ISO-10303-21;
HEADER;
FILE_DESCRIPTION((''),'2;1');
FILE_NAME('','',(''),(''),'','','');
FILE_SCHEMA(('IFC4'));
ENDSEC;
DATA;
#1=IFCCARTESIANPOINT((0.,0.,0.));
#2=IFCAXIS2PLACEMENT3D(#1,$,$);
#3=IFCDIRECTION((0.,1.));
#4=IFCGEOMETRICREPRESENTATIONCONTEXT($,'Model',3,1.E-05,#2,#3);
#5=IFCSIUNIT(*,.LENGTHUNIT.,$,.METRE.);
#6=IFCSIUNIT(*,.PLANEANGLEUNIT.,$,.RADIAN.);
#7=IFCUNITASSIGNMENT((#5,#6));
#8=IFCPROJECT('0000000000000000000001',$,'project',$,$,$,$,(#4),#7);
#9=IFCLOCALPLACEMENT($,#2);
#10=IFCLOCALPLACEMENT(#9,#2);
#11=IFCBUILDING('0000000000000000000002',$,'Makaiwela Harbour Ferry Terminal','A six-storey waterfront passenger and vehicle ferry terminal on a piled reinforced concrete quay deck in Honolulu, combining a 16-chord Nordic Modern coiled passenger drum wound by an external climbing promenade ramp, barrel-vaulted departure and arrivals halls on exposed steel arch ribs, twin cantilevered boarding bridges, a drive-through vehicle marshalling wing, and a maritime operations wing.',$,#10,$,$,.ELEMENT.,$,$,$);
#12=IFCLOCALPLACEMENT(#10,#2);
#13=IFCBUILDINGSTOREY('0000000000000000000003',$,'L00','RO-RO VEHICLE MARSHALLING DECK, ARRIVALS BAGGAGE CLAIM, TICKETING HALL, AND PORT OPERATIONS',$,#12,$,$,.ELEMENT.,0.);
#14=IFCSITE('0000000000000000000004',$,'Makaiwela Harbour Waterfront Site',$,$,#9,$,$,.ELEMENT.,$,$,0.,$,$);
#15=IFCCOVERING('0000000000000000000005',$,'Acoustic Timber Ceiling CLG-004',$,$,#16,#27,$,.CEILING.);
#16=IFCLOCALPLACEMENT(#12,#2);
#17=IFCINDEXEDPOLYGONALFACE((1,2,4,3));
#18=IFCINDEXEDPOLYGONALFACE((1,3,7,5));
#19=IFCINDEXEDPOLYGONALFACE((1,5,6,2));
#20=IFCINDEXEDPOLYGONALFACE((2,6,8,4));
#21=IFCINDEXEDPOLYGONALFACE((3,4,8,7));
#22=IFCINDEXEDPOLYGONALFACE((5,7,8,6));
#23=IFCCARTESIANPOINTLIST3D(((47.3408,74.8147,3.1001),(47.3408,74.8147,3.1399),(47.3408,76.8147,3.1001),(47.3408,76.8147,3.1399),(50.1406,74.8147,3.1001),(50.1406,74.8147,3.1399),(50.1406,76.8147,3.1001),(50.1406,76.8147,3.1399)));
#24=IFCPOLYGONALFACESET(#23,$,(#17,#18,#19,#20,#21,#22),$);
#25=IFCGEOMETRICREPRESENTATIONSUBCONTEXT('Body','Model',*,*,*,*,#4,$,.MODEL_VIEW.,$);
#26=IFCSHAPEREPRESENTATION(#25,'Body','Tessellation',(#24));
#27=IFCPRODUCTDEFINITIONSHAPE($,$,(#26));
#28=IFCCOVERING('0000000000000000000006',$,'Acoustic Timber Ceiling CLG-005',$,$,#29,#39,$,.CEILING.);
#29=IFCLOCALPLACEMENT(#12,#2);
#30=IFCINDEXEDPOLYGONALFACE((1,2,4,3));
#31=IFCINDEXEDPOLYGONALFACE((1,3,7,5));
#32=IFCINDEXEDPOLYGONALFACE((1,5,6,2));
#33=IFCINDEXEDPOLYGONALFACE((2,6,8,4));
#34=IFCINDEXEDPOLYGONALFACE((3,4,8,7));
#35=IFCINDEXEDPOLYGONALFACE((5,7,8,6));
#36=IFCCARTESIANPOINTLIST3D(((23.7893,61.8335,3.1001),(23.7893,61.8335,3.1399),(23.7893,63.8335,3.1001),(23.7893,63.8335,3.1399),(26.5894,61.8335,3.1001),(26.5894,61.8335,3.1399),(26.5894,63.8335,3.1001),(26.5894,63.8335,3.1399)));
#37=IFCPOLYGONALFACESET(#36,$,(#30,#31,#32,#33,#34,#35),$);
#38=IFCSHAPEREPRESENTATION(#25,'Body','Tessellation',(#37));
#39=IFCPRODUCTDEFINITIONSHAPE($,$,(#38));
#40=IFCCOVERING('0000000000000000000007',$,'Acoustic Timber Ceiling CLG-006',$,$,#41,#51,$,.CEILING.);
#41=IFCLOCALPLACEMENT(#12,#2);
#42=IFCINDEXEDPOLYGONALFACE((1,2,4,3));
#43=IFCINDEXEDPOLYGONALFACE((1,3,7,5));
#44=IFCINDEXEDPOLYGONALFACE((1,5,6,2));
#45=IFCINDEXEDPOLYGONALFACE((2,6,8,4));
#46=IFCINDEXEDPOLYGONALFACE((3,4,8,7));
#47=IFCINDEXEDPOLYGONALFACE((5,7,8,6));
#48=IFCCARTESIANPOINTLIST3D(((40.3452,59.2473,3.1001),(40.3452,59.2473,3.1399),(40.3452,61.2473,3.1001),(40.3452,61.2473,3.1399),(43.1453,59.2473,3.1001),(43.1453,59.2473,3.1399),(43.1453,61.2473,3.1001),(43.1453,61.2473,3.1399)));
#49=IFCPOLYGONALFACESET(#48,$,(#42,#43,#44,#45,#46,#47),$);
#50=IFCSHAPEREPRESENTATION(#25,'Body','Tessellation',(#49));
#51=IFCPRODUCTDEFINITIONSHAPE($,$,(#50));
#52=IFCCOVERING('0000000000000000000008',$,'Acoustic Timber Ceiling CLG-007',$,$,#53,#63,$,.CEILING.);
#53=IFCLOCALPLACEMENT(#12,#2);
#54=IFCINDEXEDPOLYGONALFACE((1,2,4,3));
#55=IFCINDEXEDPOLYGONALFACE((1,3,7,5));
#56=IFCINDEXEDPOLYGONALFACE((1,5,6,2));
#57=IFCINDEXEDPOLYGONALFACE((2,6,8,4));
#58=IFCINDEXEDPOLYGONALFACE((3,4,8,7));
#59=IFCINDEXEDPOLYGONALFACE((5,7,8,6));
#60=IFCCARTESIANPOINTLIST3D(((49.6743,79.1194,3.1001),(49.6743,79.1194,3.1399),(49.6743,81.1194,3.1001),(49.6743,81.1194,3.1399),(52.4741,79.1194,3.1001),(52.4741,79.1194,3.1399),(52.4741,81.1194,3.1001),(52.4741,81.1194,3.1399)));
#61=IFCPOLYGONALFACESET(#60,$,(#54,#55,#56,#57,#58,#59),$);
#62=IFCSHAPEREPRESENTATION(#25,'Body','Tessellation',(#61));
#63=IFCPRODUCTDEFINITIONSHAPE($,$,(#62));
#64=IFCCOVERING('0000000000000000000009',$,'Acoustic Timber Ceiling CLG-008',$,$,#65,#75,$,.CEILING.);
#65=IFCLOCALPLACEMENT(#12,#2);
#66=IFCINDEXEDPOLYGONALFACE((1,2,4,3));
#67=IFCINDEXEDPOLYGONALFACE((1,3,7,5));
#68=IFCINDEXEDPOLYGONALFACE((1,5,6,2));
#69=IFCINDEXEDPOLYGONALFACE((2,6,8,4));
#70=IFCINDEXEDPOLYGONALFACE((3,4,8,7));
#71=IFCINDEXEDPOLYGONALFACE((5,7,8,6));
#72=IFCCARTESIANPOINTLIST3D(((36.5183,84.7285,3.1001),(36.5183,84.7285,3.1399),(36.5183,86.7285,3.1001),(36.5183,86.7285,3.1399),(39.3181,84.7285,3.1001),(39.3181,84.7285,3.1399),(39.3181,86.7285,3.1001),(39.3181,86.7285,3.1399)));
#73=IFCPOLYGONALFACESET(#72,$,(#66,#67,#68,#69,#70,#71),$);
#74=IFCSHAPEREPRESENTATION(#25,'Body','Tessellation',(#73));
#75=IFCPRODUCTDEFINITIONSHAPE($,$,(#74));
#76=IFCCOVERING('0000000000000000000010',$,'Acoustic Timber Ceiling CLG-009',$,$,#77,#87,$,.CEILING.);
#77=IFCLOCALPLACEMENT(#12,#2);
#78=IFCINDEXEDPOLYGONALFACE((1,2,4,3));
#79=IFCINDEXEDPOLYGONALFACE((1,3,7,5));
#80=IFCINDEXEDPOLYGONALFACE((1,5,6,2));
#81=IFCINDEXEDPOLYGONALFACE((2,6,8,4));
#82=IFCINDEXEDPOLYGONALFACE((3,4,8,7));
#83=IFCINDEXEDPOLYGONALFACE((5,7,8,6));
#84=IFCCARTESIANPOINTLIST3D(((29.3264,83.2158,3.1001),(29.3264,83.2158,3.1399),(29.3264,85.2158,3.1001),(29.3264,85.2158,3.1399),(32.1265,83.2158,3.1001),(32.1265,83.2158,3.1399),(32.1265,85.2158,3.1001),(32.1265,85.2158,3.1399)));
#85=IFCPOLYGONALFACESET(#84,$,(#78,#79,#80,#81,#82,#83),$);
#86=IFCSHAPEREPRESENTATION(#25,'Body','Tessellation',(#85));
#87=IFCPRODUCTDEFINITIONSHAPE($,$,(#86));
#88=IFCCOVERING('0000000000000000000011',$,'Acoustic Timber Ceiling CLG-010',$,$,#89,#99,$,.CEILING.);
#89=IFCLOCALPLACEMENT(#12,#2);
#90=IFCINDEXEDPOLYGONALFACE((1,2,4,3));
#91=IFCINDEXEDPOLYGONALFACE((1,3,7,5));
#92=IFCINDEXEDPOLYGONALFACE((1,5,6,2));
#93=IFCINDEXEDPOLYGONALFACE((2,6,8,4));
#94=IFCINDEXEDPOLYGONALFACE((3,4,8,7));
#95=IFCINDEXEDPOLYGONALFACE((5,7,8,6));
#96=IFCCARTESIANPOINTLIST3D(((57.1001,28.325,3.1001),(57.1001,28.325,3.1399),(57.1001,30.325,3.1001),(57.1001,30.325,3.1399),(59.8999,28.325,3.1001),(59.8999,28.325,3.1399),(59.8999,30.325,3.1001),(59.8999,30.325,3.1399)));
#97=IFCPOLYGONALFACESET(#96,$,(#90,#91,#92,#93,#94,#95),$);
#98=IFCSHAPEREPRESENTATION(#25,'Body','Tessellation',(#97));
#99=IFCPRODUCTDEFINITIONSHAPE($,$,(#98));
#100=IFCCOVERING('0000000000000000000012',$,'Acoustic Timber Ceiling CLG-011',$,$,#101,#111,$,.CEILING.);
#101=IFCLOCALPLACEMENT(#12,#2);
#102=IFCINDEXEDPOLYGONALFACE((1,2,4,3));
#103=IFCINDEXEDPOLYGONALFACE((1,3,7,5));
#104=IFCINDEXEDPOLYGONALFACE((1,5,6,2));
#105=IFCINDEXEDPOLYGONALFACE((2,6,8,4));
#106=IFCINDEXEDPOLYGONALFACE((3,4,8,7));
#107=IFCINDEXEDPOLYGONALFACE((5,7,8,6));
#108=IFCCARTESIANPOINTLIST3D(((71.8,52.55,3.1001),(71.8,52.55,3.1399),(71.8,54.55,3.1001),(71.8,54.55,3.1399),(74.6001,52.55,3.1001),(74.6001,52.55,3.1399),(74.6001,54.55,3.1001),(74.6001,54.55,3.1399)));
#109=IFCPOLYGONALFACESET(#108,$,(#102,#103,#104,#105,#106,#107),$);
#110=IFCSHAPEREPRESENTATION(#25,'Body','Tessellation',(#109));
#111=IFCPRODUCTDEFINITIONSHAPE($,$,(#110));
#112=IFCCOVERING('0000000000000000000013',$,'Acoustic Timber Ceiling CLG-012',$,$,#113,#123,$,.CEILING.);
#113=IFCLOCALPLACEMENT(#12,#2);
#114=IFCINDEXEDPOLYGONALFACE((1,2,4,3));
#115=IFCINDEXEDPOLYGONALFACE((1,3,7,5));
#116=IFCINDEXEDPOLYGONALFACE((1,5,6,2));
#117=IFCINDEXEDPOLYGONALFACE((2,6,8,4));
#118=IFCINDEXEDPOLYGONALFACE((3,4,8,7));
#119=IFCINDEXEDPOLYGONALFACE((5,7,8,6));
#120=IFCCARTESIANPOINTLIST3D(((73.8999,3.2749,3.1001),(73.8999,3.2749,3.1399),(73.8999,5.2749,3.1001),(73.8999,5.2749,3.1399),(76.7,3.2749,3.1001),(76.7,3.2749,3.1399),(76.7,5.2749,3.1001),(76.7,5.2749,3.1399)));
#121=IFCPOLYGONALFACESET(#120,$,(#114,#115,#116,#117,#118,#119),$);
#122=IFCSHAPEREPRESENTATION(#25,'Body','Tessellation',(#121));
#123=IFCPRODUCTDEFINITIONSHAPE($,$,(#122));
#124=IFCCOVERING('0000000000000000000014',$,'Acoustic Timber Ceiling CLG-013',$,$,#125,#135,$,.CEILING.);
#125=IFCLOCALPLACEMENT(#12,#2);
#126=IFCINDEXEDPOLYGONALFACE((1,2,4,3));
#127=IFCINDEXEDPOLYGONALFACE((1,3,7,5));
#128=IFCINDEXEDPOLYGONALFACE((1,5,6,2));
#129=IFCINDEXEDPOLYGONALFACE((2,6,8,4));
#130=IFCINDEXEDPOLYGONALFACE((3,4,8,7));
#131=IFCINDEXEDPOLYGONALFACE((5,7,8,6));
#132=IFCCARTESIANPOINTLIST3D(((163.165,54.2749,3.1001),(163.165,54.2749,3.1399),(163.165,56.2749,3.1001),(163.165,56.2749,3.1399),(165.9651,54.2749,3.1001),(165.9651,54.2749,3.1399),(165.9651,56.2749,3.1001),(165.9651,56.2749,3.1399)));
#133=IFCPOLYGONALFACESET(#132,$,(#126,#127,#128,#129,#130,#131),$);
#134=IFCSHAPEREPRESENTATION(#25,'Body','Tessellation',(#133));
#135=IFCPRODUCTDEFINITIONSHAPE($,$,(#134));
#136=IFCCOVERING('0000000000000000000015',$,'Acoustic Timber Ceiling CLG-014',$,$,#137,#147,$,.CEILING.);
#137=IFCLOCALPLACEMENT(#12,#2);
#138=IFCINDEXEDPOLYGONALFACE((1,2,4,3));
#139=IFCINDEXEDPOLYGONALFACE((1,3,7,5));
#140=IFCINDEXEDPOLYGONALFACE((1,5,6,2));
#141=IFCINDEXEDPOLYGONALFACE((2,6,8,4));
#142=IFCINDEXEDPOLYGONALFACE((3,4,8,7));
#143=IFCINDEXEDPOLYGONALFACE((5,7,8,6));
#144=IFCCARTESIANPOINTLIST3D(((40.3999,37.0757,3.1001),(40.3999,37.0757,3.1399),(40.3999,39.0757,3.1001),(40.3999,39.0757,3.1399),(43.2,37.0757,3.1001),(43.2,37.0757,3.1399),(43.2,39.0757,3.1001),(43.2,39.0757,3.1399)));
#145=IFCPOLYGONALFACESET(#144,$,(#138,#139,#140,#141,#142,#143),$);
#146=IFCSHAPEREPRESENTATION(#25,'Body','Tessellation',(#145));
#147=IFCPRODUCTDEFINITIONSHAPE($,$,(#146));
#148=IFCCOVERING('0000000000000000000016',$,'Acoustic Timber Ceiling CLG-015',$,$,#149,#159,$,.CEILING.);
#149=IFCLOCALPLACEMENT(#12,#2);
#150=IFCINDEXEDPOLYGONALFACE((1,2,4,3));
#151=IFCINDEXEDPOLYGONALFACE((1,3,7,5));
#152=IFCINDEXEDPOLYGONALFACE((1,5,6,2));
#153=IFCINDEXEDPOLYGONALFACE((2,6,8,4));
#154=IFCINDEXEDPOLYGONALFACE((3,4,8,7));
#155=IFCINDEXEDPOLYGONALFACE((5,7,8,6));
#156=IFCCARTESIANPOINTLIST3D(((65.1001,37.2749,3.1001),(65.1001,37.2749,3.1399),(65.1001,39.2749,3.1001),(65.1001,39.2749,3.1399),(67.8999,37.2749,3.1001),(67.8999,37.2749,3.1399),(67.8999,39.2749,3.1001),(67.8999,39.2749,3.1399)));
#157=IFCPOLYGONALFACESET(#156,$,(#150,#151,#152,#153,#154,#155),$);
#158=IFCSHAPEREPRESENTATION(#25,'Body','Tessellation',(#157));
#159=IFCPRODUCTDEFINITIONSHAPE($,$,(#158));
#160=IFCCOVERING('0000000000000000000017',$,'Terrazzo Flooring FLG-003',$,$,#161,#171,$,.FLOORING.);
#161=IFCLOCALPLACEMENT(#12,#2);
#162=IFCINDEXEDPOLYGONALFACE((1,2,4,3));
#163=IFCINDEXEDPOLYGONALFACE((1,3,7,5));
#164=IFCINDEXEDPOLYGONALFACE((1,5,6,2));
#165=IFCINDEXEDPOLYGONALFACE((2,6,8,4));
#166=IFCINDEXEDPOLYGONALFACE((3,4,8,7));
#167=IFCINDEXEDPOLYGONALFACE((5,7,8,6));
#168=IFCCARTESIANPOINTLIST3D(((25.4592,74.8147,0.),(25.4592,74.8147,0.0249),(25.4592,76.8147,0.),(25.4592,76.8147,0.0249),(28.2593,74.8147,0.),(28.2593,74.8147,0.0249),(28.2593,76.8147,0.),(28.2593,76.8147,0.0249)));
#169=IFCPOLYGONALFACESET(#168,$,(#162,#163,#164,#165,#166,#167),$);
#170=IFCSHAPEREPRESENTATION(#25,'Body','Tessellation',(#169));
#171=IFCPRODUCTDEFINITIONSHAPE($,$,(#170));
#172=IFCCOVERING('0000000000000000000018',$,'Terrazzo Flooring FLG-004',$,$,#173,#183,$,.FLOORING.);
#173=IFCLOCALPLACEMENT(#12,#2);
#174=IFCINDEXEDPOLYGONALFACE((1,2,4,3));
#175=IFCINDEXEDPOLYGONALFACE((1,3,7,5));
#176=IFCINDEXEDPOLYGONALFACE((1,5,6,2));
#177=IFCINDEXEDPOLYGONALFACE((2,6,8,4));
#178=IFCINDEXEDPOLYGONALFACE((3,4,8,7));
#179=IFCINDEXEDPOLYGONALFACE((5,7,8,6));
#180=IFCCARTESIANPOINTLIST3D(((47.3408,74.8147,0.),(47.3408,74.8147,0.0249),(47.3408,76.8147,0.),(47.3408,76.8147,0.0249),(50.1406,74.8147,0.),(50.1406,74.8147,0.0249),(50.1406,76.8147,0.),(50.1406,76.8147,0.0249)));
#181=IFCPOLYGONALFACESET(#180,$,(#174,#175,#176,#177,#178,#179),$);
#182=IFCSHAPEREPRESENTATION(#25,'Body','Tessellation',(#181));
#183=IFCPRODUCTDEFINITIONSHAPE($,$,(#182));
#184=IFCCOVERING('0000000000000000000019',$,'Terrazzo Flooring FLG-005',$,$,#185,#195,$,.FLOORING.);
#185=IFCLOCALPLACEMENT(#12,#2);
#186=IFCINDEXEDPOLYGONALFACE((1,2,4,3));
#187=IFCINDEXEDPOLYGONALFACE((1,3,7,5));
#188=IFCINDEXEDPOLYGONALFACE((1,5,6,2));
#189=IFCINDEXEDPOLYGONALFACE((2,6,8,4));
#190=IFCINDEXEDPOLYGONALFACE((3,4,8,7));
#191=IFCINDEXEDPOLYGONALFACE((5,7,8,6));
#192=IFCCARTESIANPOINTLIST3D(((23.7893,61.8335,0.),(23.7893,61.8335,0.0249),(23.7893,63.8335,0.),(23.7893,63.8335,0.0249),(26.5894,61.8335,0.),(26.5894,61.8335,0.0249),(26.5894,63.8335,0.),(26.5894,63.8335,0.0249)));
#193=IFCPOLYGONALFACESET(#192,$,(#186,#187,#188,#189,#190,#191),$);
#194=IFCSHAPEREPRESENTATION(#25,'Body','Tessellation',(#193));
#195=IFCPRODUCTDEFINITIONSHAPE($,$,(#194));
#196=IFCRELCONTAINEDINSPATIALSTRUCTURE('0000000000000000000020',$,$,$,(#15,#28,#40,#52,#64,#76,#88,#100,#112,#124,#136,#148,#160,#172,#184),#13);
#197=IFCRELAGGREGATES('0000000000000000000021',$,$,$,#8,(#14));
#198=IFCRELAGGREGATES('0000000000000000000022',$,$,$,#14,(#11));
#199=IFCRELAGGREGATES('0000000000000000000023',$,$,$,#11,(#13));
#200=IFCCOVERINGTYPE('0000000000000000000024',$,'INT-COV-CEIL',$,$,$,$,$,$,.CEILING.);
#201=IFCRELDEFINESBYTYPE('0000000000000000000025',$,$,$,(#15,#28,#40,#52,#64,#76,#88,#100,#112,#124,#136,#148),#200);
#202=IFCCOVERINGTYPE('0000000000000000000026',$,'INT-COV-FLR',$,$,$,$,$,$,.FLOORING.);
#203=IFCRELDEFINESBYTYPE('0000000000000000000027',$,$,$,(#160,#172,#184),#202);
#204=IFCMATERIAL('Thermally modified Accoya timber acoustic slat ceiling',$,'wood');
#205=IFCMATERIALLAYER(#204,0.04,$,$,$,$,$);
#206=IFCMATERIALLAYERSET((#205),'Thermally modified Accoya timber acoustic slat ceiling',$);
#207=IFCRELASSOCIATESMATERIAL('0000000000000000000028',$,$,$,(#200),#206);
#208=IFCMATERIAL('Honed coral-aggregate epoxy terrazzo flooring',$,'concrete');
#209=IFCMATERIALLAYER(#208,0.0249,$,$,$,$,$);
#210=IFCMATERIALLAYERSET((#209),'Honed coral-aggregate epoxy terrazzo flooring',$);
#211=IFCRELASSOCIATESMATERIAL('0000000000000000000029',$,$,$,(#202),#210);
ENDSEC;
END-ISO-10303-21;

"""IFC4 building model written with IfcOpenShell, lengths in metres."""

from ifc_helpers import new_model, si_unit, direction, frame, origin, place, context, subcontext, project, spatial, polyline, outline, extrude, material, layer, layer_set, type_object, element, save


model = new_model("IFC4")

# Units and contexts
model_context = context("Model", 3, precision=1e-05, world=origin(), true_north=direction((0.0, 1.0)))
body_context = subcontext(model_context, "Body", "Model", "MODEL_VIEW")
ifc_project = project(units=[si_unit("LENGTHUNIT", "METRE"), si_unit("PLANEANGLEUNIT", "RADIAN")], contexts=[model_context])

# Site, building, storey
site_placement = place(None, origin())
site = spatial("IfcSite", under=ifc_project, at=site_placement, Name="Makaiwela Harbour Waterfront Site", CompositionType="ELEMENT", RefElevation=0.0)
building_placement = place(site_placement, origin())
building = spatial("IfcBuilding", under=site, at=building_placement, Name="Makaiwela Harbour Ferry Terminal", Description="A six-storey waterfront passenger and vehicle ferry terminal on a piled reinforced concrete quay deck in Honolulu, combining a 16-chord Nordic Modern coiled passenger drum wound by an external climbing promenade ramp, barrel-vaulted departure and arrivals halls on exposed steel arch ribs, twin cantilevered boarding bridges, a drive-through vehicle marshalling wing, and a maritime operations wing.", CompositionType="ELEMENT")
storey_placement = place(building_placement, origin())
storey = spatial("IfcBuildingStorey", under=building, at=storey_placement, Name="L00", Description="RO-RO VEHICLE MARSHALLING DECK, ARRIVALS BAGGAGE CLAIM, TICKETING HALL, AND PORT OPERATIONS", CompositionType="ELEMENT", Elevation=0.0)

# Coverings
ifc_material_1 = material(Name="Thermally modified Accoya timber acoustic slat ceiling", Category="wood")
ifc_layer_1 = layer(ifc_material_1, 0.04)
ifc_layer_set_1 = layer_set([ifc_layer_1], Name="Thermally modified Accoya timber acoustic slat ceiling")
covering_type_1 = type_object("IfcCoveringType", Name="INT-COV-CEIL", PredefinedType="CEILING", material=ifc_layer_set_1)
covering_1_placement = place(storey_placement, frame((0.0, 0.0, 3.1001)))
element("IfcCovering", 1, at=covering_1_placement, inside=storey, type_object=covering_type_1, Name="Acoustic Timber Ceiling CLG-004", PredefinedType="CEILING", context=body_context, shape_type="SweptSolid", body=[
    extrude(outline(polyline([(47.3408, 74.8147), (50.1406, 74.8147), (50.1406, 76.8147), (47.3408, 76.8147), (47.3408, 74.8147)])), origin(), (0.0, 0.0, 1.0), 0.0398),
])
covering_2_placement = place(storey_placement, frame((0.0, 0.0, 3.1001)))
element("IfcCovering", 2, at=covering_2_placement, inside=storey, type_object=covering_type_1, Name="Acoustic Timber Ceiling CLG-005", PredefinedType="CEILING", context=body_context, shape_type="SweptSolid", body=[
    extrude(outline(polyline([(23.7893, 61.8335), (26.5894, 61.8335), (26.5894, 63.8335), (23.7893, 63.8335), (23.7893, 61.8335)])), origin(), (0.0, 0.0, 1.0), 0.0398),
])
covering_3_placement = place(storey_placement, frame((0.0, 0.0, 3.1001)))
element("IfcCovering", 3, at=covering_3_placement, inside=storey, type_object=covering_type_1, Name="Acoustic Timber Ceiling CLG-006", PredefinedType="CEILING", context=body_context, shape_type="SweptSolid", body=[
    extrude(outline(polyline([(40.3452, 59.2473), (43.1453, 59.2473), (43.1453, 61.2473), (40.3452, 61.2473), (40.3452, 59.2473)])), origin(), (0.0, 0.0, 1.0), 0.0398),
])
covering_4_placement = place(storey_placement, frame((0.0, 0.0, 3.1001)))
element("IfcCovering", 4, at=covering_4_placement, inside=storey, type_object=covering_type_1, Name="Acoustic Timber Ceiling CLG-007", PredefinedType="CEILING", context=body_context, shape_type="SweptSolid", body=[
    extrude(outline(polyline([(49.6743, 79.1194), (52.4741, 79.1194), (52.4741, 81.1194), (49.6743, 81.1194), (49.6743, 79.1194)])), origin(), (0.0, 0.0, 1.0), 0.0398),
])
covering_5_placement = place(storey_placement, frame((0.0, 0.0, 3.1001)))
element("IfcCovering", 5, at=covering_5_placement, inside=storey, type_object=covering_type_1, Name="Acoustic Timber Ceiling CLG-008", PredefinedType="CEILING", context=body_context, shape_type="SweptSolid", body=[
    extrude(outline(polyline([(36.5183, 84.7285), (39.3181, 84.7285), (39.3181, 86.7285), (36.5183, 86.7285), (36.5183, 84.7285)])), origin(), (0.0, 0.0, 1.0), 0.0398),
])
covering_6_placement = place(storey_placement, frame((0.0, 0.0, 3.1001)))
element("IfcCovering", 6, at=covering_6_placement, inside=storey, type_object=covering_type_1, Name="Acoustic Timber Ceiling CLG-009", PredefinedType="CEILING", context=body_context, shape_type="SweptSolid", body=[
    extrude(outline(polyline([(29.3264, 83.2158), (32.1265, 83.2158), (32.1265, 85.2158), (29.3264, 85.2158), (29.3264, 83.2158)])), origin(), (0.0, 0.0, 1.0), 0.0398),
])
covering_7_placement = place(storey_placement, frame((0.0, 0.0, 3.1001)))
element("IfcCovering", 7, at=covering_7_placement, inside=storey, type_object=covering_type_1, Name="Acoustic Timber Ceiling CLG-010", PredefinedType="CEILING", context=body_context, shape_type="SweptSolid", body=[
    extrude(outline(polyline([(57.1001, 28.325), (59.8999, 28.325), (59.8999, 30.325), (57.1001, 30.325), (57.1001, 28.325)])), origin(), (0.0, 0.0, 1.0), 0.0398),
])
covering_8_placement = place(storey_placement, frame((0.0, 0.0, 3.1001)))
element("IfcCovering", 8, at=covering_8_placement, inside=storey, type_object=covering_type_1, Name="Acoustic Timber Ceiling CLG-011", PredefinedType="CEILING", context=body_context, shape_type="SweptSolid", body=[
    extrude(outline(polyline([(71.8, 52.55), (74.6001, 52.55), (74.6001, 54.55), (71.8, 54.55), (71.8, 52.55)])), origin(), (0.0, 0.0, 1.0), 0.0398),
])
covering_9_placement = place(storey_placement, frame((0.0, 0.0, 3.1001)))
element("IfcCovering", 9, at=covering_9_placement, inside=storey, type_object=covering_type_1, Name="Acoustic Timber Ceiling CLG-012", PredefinedType="CEILING", context=body_context, shape_type="SweptSolid", body=[
    extrude(outline(polyline([(73.8999, 3.2749), (76.7, 3.2749), (76.7, 5.2749), (73.8999, 5.2749), (73.8999, 3.2749)])), origin(), (0.0, 0.0, 1.0), 0.0398),
])
covering_10_placement = place(storey_placement, frame((0.0, 0.0, 3.1001)))
element("IfcCovering", 10, at=covering_10_placement, inside=storey, type_object=covering_type_1, Name="Acoustic Timber Ceiling CLG-013", PredefinedType="CEILING", context=body_context, shape_type="SweptSolid", body=[
    extrude(outline(polyline([(163.165, 54.2749), (165.9651, 54.2749), (165.9651, 56.2749), (163.165, 56.2749), (163.165, 54.2749)])), origin(), (0.0, 0.0, 1.0), 0.0398),
])
covering_11_placement = place(storey_placement, frame((0.0, 0.0, 3.1001)))
element("IfcCovering", 11, at=covering_11_placement, inside=storey, type_object=covering_type_1, Name="Acoustic Timber Ceiling CLG-014", PredefinedType="CEILING", context=body_context, shape_type="SweptSolid", body=[
    extrude(outline(polyline([(40.3999, 37.0757), (43.2, 37.0757), (43.2, 39.0757), (40.3999, 39.0757), (40.3999, 37.0757)])), origin(), (0.0, 0.0, 1.0), 0.0398),
])
covering_12_placement = place(storey_placement, frame((0.0, 0.0, 3.1001)))
element("IfcCovering", 12, at=covering_12_placement, inside=storey, type_object=covering_type_1, Name="Acoustic Timber Ceiling CLG-015", PredefinedType="CEILING", context=body_context, shape_type="SweptSolid", body=[
    extrude(outline(polyline([(65.1001, 37.2749), (67.8999, 37.2749), (67.8999, 39.2749), (65.1001, 39.2749), (65.1001, 37.2749)])), origin(), (0.0, 0.0, 1.0), 0.0398),
])
ifc_material_2 = material(Name="Honed coral-aggregate epoxy terrazzo flooring", Category="concrete")
ifc_layer_2 = layer(ifc_material_2, 0.0249)
ifc_layer_set_2 = layer_set([ifc_layer_2], Name="Honed coral-aggregate epoxy terrazzo flooring")
covering_type_2 = type_object("IfcCoveringType", Name="INT-COV-FLR", PredefinedType="FLOORING", material=ifc_layer_set_2)
covering_13_placement = place(storey_placement, origin())
element("IfcCovering", 13, at=covering_13_placement, inside=storey, type_object=covering_type_2, Name="Terrazzo Flooring FLG-003", PredefinedType="FLOORING", context=body_context, shape_type="SweptSolid", body=[
    extrude(outline(polyline([(25.4592, 74.8147), (28.2593, 74.8147), (28.2593, 76.8147), (25.4592, 76.8147), (25.4592, 74.8147)])), origin(), (0.0, 0.0, 1.0), 0.0249),
])
covering_14_placement = place(storey_placement, origin())
element("IfcCovering", 14, at=covering_14_placement, inside=storey, type_object=covering_type_2, Name="Terrazzo Flooring FLG-004", PredefinedType="FLOORING", context=body_context, shape_type="SweptSolid", body=[
    extrude(outline(polyline([(47.3408, 74.8147), (50.1406, 74.8147), (50.1406, 76.8147), (47.3408, 76.8147), (47.3408, 74.8147)])), origin(), (0.0, 0.0, 1.0), 0.0249),
])
covering_15_placement = place(storey_placement, origin())
element("IfcCovering", 15, at=covering_15_placement, inside=storey, type_object=covering_type_2, Name="Terrazzo Flooring FLG-005", PredefinedType="FLOORING", context=body_context, shape_type="SweptSolid", body=[
    extrude(outline(polyline([(23.7893, 61.8335), (26.5894, 61.8335), (26.5894, 63.8335), (23.7893, 63.8335), (23.7893, 61.8335)])), origin(), (0.0, 0.0, 1.0), 0.0249),
])

save(model, "model.ifc")
